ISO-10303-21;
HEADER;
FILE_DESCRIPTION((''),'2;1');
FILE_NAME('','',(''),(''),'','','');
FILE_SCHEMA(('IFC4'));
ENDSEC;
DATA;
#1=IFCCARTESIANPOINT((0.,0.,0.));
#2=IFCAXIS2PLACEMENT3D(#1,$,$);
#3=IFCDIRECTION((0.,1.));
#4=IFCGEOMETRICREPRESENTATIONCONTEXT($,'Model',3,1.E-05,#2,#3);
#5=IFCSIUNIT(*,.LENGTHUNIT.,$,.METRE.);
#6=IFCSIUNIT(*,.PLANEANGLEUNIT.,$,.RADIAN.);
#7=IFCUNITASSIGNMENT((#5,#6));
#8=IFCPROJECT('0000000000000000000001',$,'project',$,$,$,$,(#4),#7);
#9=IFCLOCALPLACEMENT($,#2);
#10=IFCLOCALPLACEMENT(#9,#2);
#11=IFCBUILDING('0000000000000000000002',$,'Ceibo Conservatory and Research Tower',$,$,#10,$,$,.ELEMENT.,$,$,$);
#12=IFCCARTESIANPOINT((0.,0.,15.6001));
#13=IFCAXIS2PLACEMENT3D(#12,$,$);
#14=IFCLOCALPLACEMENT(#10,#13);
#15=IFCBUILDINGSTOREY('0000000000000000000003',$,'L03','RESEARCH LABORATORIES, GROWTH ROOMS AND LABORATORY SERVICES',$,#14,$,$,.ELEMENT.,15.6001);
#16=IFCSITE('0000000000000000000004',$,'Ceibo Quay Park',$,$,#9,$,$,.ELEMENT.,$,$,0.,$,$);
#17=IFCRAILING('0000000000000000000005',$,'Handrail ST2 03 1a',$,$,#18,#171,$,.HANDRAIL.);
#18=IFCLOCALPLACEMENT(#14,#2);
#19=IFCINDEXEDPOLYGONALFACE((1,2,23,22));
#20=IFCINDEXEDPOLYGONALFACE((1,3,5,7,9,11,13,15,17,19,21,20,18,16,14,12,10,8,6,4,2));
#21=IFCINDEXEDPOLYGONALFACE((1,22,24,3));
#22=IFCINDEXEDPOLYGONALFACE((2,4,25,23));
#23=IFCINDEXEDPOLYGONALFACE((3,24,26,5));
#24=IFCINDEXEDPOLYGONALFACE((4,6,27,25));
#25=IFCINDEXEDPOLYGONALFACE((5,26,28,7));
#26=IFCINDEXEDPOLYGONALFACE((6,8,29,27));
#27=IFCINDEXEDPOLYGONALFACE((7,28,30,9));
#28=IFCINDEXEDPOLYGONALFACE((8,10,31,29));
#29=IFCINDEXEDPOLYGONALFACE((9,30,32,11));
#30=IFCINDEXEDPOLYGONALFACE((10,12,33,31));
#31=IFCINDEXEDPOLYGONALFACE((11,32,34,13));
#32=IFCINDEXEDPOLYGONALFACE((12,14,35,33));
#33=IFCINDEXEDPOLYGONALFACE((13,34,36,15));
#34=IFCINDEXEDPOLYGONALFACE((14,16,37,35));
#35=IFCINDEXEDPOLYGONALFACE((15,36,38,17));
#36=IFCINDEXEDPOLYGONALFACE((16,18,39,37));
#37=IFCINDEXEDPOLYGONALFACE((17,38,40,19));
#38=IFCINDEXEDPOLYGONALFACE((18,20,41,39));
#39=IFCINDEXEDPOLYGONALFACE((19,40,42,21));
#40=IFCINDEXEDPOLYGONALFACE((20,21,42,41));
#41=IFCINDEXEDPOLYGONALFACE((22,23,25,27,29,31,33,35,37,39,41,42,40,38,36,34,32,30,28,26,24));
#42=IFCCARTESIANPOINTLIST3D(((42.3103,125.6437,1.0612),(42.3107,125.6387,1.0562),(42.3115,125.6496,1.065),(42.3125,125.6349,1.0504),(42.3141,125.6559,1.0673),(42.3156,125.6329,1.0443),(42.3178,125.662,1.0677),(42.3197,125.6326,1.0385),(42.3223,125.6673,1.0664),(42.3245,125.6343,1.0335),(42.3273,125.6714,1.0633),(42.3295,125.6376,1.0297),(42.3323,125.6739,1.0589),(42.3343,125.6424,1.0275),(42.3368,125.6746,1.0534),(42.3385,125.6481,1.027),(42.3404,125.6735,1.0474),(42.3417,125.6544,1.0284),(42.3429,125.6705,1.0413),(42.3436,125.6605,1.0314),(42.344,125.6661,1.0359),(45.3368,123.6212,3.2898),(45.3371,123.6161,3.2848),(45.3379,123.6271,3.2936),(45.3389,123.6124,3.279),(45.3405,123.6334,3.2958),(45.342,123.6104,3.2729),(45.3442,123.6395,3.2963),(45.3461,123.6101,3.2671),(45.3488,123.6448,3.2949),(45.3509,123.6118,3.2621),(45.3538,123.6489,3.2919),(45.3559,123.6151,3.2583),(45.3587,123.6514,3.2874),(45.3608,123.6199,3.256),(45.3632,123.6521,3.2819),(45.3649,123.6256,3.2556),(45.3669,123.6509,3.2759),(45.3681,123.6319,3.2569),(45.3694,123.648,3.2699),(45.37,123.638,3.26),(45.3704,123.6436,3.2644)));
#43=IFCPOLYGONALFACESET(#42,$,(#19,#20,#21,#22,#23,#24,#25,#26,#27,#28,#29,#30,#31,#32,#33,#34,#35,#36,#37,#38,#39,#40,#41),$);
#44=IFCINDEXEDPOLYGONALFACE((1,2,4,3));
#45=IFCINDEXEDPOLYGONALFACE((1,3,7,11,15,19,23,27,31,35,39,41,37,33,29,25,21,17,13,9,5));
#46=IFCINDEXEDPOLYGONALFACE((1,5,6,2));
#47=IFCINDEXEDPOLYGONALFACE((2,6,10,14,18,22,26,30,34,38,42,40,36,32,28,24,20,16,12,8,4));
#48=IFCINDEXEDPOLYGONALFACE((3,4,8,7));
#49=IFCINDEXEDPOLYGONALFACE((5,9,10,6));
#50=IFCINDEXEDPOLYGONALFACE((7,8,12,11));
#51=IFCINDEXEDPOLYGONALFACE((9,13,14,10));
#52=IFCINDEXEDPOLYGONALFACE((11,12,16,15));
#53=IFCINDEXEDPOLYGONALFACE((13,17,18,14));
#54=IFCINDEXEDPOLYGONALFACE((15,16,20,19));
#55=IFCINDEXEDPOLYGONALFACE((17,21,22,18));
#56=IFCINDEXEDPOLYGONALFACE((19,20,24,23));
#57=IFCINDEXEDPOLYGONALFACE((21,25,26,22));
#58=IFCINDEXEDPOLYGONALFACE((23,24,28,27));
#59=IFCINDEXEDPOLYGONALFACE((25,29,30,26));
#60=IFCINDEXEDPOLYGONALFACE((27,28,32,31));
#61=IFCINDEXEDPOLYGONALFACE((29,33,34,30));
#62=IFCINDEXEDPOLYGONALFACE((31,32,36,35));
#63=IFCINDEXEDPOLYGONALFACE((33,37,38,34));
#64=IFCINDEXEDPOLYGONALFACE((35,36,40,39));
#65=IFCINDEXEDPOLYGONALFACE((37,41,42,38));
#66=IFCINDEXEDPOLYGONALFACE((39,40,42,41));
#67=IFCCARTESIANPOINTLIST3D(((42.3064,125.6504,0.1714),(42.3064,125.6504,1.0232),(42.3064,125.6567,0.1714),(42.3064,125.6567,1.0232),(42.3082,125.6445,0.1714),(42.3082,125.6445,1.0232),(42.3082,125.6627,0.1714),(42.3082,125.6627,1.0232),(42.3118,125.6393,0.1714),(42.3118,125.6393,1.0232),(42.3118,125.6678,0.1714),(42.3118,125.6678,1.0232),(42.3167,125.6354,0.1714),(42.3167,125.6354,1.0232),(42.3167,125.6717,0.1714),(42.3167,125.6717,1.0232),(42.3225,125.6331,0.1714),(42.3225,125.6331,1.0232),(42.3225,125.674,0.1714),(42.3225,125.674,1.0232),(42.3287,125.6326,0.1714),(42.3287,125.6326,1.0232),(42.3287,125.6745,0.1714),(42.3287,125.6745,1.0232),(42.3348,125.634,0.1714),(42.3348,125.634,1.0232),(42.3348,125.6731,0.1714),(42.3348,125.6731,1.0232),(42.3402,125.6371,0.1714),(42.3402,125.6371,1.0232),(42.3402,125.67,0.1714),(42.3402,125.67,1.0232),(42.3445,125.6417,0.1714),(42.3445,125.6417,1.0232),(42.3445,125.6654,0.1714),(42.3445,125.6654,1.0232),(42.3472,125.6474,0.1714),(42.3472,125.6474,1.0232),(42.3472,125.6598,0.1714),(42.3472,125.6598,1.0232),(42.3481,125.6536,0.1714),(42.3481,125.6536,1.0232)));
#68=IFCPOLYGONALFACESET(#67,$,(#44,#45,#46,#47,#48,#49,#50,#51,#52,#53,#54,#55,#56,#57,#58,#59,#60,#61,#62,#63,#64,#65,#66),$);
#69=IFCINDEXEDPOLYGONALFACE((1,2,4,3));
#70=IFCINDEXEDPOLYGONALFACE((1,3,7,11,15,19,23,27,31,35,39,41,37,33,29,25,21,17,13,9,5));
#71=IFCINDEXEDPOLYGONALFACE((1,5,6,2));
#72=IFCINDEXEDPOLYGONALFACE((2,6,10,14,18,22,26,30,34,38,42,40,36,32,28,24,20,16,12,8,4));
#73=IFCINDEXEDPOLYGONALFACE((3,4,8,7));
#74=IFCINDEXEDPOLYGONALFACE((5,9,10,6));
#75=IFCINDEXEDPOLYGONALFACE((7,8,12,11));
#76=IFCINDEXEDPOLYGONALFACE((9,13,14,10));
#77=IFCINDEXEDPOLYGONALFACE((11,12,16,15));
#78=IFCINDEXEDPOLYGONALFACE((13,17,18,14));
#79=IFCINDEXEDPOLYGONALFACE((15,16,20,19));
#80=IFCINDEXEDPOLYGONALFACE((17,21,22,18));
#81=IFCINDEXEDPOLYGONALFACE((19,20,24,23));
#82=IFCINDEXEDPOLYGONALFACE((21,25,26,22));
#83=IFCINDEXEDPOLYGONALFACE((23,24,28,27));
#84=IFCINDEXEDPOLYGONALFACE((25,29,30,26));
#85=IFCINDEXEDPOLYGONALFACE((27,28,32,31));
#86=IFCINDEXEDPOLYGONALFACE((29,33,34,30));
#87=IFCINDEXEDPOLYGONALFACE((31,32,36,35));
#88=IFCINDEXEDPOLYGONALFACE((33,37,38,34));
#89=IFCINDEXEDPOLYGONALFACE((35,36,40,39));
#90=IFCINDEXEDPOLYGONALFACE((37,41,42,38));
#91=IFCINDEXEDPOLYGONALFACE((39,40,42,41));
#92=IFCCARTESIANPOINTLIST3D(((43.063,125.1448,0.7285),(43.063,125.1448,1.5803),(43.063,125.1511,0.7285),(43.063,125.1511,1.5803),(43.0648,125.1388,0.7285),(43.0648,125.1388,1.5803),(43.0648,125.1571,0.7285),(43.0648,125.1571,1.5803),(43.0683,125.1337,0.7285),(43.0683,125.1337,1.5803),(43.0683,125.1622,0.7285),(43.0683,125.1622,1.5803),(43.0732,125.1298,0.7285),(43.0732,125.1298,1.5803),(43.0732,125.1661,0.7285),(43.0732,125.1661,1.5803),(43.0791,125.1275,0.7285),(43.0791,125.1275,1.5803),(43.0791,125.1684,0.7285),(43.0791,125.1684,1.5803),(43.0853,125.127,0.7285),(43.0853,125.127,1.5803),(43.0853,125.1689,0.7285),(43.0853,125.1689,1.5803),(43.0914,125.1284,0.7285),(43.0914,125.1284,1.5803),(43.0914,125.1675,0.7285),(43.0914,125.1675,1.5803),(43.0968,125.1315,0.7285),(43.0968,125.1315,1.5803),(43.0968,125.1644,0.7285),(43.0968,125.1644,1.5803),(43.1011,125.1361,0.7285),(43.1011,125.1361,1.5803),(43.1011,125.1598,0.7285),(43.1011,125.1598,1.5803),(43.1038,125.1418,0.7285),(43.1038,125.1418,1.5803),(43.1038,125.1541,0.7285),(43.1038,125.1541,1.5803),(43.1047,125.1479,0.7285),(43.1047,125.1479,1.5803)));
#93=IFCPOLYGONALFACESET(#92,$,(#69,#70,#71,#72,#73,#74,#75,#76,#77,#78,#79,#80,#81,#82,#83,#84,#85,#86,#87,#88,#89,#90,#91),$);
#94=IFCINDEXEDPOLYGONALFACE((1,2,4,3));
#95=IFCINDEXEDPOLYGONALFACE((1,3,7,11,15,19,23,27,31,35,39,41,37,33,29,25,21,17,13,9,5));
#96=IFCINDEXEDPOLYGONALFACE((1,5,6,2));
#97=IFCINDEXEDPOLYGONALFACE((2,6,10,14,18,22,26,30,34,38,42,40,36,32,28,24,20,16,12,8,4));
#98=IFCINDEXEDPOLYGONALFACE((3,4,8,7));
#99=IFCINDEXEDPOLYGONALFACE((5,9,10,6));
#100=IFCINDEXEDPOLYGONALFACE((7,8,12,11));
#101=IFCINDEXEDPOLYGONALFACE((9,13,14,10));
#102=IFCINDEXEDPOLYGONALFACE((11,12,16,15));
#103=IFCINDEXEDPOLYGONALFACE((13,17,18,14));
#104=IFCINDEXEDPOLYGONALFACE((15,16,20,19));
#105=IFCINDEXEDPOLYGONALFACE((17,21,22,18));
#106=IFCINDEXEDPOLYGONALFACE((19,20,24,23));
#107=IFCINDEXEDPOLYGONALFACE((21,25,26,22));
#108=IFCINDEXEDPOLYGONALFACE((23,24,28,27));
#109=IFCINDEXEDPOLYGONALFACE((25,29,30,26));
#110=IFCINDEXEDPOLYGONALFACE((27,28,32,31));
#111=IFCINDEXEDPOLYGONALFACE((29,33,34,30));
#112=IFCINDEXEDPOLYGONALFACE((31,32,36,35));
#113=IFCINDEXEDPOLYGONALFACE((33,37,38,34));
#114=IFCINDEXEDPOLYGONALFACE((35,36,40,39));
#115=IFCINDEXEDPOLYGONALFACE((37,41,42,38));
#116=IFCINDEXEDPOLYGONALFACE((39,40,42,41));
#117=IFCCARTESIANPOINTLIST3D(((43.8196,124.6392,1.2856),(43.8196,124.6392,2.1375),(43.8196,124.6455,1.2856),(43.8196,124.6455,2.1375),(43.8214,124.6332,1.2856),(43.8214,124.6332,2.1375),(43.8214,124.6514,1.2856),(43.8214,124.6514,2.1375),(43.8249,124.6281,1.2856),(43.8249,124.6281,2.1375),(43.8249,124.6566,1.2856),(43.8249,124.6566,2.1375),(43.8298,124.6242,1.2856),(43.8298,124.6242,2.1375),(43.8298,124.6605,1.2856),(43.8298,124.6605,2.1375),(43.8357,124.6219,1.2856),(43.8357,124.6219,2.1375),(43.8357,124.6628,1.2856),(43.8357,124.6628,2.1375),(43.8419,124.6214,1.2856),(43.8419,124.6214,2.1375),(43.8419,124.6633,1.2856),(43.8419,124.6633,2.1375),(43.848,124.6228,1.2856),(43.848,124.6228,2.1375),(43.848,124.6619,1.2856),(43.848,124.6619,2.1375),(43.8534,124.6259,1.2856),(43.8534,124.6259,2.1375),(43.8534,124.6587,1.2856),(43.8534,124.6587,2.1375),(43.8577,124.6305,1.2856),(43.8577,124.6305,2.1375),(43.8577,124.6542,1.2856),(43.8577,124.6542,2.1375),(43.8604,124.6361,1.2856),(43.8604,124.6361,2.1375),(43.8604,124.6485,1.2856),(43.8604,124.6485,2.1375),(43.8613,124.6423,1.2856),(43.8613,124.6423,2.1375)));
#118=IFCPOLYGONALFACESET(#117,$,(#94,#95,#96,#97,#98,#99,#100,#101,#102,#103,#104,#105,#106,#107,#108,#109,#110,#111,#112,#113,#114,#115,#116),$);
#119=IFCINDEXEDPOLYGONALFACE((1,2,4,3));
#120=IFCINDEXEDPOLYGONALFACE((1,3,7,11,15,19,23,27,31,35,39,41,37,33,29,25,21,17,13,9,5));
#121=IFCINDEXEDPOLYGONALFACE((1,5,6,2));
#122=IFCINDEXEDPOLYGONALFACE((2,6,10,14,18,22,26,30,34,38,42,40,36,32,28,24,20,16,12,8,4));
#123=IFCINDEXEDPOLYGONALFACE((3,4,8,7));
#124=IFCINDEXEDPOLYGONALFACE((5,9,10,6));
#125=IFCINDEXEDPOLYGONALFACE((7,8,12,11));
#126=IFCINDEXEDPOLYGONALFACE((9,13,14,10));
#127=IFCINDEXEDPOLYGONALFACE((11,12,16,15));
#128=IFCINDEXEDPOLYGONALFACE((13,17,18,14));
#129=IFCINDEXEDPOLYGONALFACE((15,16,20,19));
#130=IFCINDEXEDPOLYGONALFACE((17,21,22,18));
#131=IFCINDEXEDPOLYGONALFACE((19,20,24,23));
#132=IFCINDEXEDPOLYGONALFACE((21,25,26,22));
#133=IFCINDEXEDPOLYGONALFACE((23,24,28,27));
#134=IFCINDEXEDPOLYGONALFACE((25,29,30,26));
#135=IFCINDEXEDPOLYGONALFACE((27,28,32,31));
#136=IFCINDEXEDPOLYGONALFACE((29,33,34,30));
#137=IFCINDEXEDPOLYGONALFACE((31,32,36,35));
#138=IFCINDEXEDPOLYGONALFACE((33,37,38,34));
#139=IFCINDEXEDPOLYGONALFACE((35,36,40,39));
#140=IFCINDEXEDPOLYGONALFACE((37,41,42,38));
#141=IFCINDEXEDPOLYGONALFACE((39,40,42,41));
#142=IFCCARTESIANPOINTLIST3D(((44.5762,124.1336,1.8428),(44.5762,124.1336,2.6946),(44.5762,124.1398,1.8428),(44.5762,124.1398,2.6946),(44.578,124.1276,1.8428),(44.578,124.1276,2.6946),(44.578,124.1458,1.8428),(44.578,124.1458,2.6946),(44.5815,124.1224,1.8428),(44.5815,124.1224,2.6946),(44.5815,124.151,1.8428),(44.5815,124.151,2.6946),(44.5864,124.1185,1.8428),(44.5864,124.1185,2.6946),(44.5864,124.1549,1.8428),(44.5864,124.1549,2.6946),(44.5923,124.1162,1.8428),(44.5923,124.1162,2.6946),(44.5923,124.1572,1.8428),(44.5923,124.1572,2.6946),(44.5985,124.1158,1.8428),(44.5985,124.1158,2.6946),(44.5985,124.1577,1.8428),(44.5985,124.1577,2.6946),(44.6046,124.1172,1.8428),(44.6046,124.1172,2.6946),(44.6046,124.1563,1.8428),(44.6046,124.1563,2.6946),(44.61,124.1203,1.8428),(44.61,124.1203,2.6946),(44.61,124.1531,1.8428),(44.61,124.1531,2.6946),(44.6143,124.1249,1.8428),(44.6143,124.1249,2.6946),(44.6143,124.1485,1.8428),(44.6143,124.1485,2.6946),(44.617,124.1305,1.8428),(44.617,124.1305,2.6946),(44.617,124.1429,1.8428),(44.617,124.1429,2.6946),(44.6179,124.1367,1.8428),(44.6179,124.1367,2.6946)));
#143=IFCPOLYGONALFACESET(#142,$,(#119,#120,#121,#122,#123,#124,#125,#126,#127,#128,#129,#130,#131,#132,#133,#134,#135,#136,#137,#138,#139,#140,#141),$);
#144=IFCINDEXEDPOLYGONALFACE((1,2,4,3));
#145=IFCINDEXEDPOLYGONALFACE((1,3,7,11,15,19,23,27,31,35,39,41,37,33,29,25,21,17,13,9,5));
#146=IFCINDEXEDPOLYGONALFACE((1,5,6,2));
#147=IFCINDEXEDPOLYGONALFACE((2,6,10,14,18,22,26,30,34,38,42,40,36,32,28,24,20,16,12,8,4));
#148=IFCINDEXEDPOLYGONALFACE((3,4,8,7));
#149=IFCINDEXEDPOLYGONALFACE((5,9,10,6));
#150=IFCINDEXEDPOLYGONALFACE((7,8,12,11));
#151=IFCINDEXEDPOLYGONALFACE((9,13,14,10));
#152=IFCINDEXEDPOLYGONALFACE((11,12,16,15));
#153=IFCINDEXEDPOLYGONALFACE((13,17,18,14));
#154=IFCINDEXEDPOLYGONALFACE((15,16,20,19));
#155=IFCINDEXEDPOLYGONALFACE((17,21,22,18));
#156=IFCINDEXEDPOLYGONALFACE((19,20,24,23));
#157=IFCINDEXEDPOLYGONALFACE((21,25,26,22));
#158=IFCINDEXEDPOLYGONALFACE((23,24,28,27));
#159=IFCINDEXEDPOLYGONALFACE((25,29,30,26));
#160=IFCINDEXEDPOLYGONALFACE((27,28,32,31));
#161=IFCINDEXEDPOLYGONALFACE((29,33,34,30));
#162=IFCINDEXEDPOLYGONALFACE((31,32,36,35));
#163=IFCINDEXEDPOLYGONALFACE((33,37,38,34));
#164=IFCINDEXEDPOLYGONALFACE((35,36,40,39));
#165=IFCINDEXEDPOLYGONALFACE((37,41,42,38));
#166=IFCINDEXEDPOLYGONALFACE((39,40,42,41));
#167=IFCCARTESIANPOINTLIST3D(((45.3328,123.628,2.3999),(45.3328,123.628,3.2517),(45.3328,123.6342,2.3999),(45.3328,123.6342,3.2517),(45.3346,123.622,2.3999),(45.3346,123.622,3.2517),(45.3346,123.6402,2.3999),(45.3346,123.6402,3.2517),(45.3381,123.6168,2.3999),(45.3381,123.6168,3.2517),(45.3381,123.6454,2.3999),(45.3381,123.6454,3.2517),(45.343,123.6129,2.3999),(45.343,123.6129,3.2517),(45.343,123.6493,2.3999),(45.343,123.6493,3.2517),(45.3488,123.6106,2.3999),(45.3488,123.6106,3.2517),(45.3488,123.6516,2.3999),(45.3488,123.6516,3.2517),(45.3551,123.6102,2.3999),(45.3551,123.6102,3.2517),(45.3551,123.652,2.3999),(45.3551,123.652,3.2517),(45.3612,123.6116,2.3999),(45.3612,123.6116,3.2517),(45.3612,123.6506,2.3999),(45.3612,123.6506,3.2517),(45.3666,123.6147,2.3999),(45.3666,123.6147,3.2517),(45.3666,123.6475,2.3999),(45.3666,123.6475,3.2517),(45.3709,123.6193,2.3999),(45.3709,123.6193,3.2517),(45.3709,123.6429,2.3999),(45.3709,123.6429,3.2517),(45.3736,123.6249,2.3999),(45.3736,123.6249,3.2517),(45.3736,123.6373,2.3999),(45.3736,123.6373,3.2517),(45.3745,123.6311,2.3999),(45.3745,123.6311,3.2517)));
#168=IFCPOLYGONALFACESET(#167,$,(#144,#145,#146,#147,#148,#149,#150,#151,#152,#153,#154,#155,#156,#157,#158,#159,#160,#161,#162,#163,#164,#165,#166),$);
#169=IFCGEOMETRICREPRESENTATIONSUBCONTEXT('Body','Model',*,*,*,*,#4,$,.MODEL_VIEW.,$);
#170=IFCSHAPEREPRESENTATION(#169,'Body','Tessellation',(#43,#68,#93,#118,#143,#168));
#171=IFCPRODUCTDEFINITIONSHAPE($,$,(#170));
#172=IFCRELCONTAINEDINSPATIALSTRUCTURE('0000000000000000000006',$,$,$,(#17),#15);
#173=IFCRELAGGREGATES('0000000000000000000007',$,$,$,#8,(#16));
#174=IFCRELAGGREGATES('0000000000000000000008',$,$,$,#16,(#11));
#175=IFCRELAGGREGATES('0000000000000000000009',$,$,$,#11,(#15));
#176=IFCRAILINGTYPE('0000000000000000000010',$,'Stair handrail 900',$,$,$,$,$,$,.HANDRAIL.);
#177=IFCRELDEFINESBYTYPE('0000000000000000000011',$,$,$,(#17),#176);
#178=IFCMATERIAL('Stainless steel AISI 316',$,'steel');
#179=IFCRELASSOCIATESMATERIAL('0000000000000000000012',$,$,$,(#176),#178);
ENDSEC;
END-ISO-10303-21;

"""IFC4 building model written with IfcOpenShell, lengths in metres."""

from ifc_helpers import new_model, si_unit, direction, frame, origin, origin_2d, place, context, subcontext, project, spatial, circle, extrude, material, type_object, element, save


model = new_model("IFC4")

# Units and contexts
model_context = context("Model", 3, precision=1e-05, world=origin(), true_north=direction((0.0, 1.0)))
body_context = subcontext(model_context, "Body", "Model", "MODEL_VIEW")
ifc_project = project(units=[si_unit("LENGTHUNIT", "METRE"), si_unit("PLANEANGLEUNIT", "RADIAN")], contexts=[model_context])

# Site, building, storey
site_placement = place(None, origin())
site = spatial("IfcSite", under=ifc_project, at=site_placement, Name="Ceibo Quay Park", CompositionType="ELEMENT", RefElevation=0.0)
building_placement = place(site_placement, origin())
building = spatial("IfcBuilding", under=site, at=building_placement, Name="Ceibo Conservatory and Research Tower", CompositionType="ELEMENT")
storey_placement = place(building_placement, frame((0.0, 0.0, 15.6001)))
storey = spatial("IfcBuildingStorey", under=building, at=storey_placement, Name="L03", Description="RESEARCH LABORATORIES, GROWTH ROOMS AND LABORATORY SERVICES", CompositionType="ELEMENT", Elevation=15.6001)

# Shared definitions
ifc_material_1 = material(Name="Stainless steel AISI 316", Category="steel")

# Railing
railing_type = type_object("IfcRailingType", Name="Stair handrail 900", PredefinedType="HANDRAIL", material=ifc_material_1)
railing_1_placement = place(storey_placement, frame((42.3271, 125.6536, 0.1714)))
element("IfcRailing", 1, at=railing_1_placement, inside=storey, type_object=railing_type, Name="Handrail ST2 03 1a", PredefinedType="HANDRAIL", context=body_context, shape_type="SweptSolid", body=[
    extrude(circle(Radius=0.0239, at=origin_2d()), frame((0.0, 0.0, 0.876), z_axis=(0.709089, -0.47387, 0.522149), x_axis=(0.555629, 0.831431, 0.0)), (0.0, 0.0, 1.0), 4.2681),
    extrude(circle(Radius=0.021, at=origin_2d()), origin(), (0.0, 0.0, 1.0), 0.8518),
    extrude(circle(Radius=0.021, at=origin_2d()), frame((0.7566, -0.5056, 0.5571)), (0.0, 0.0, 1.0), 0.8518),
    extrude(circle(Radius=0.021, at=origin_2d()), frame((1.5132, -1.0112, 1.1143)), (0.0, 0.0, 1.0), 0.8518),
    extrude(circle(Radius=0.021, at=origin_2d()), frame((2.2698, -1.5168, 1.6714)), (0.0, 0.0, 1.0), 0.8518),
    extrude(circle(Radius=0.021, at=origin_2d()), frame((3.0264, -2.0225, 2.2285)), (0.0, 0.0, 1.0), 0.8518),
])

save(model, "model.ifc")
